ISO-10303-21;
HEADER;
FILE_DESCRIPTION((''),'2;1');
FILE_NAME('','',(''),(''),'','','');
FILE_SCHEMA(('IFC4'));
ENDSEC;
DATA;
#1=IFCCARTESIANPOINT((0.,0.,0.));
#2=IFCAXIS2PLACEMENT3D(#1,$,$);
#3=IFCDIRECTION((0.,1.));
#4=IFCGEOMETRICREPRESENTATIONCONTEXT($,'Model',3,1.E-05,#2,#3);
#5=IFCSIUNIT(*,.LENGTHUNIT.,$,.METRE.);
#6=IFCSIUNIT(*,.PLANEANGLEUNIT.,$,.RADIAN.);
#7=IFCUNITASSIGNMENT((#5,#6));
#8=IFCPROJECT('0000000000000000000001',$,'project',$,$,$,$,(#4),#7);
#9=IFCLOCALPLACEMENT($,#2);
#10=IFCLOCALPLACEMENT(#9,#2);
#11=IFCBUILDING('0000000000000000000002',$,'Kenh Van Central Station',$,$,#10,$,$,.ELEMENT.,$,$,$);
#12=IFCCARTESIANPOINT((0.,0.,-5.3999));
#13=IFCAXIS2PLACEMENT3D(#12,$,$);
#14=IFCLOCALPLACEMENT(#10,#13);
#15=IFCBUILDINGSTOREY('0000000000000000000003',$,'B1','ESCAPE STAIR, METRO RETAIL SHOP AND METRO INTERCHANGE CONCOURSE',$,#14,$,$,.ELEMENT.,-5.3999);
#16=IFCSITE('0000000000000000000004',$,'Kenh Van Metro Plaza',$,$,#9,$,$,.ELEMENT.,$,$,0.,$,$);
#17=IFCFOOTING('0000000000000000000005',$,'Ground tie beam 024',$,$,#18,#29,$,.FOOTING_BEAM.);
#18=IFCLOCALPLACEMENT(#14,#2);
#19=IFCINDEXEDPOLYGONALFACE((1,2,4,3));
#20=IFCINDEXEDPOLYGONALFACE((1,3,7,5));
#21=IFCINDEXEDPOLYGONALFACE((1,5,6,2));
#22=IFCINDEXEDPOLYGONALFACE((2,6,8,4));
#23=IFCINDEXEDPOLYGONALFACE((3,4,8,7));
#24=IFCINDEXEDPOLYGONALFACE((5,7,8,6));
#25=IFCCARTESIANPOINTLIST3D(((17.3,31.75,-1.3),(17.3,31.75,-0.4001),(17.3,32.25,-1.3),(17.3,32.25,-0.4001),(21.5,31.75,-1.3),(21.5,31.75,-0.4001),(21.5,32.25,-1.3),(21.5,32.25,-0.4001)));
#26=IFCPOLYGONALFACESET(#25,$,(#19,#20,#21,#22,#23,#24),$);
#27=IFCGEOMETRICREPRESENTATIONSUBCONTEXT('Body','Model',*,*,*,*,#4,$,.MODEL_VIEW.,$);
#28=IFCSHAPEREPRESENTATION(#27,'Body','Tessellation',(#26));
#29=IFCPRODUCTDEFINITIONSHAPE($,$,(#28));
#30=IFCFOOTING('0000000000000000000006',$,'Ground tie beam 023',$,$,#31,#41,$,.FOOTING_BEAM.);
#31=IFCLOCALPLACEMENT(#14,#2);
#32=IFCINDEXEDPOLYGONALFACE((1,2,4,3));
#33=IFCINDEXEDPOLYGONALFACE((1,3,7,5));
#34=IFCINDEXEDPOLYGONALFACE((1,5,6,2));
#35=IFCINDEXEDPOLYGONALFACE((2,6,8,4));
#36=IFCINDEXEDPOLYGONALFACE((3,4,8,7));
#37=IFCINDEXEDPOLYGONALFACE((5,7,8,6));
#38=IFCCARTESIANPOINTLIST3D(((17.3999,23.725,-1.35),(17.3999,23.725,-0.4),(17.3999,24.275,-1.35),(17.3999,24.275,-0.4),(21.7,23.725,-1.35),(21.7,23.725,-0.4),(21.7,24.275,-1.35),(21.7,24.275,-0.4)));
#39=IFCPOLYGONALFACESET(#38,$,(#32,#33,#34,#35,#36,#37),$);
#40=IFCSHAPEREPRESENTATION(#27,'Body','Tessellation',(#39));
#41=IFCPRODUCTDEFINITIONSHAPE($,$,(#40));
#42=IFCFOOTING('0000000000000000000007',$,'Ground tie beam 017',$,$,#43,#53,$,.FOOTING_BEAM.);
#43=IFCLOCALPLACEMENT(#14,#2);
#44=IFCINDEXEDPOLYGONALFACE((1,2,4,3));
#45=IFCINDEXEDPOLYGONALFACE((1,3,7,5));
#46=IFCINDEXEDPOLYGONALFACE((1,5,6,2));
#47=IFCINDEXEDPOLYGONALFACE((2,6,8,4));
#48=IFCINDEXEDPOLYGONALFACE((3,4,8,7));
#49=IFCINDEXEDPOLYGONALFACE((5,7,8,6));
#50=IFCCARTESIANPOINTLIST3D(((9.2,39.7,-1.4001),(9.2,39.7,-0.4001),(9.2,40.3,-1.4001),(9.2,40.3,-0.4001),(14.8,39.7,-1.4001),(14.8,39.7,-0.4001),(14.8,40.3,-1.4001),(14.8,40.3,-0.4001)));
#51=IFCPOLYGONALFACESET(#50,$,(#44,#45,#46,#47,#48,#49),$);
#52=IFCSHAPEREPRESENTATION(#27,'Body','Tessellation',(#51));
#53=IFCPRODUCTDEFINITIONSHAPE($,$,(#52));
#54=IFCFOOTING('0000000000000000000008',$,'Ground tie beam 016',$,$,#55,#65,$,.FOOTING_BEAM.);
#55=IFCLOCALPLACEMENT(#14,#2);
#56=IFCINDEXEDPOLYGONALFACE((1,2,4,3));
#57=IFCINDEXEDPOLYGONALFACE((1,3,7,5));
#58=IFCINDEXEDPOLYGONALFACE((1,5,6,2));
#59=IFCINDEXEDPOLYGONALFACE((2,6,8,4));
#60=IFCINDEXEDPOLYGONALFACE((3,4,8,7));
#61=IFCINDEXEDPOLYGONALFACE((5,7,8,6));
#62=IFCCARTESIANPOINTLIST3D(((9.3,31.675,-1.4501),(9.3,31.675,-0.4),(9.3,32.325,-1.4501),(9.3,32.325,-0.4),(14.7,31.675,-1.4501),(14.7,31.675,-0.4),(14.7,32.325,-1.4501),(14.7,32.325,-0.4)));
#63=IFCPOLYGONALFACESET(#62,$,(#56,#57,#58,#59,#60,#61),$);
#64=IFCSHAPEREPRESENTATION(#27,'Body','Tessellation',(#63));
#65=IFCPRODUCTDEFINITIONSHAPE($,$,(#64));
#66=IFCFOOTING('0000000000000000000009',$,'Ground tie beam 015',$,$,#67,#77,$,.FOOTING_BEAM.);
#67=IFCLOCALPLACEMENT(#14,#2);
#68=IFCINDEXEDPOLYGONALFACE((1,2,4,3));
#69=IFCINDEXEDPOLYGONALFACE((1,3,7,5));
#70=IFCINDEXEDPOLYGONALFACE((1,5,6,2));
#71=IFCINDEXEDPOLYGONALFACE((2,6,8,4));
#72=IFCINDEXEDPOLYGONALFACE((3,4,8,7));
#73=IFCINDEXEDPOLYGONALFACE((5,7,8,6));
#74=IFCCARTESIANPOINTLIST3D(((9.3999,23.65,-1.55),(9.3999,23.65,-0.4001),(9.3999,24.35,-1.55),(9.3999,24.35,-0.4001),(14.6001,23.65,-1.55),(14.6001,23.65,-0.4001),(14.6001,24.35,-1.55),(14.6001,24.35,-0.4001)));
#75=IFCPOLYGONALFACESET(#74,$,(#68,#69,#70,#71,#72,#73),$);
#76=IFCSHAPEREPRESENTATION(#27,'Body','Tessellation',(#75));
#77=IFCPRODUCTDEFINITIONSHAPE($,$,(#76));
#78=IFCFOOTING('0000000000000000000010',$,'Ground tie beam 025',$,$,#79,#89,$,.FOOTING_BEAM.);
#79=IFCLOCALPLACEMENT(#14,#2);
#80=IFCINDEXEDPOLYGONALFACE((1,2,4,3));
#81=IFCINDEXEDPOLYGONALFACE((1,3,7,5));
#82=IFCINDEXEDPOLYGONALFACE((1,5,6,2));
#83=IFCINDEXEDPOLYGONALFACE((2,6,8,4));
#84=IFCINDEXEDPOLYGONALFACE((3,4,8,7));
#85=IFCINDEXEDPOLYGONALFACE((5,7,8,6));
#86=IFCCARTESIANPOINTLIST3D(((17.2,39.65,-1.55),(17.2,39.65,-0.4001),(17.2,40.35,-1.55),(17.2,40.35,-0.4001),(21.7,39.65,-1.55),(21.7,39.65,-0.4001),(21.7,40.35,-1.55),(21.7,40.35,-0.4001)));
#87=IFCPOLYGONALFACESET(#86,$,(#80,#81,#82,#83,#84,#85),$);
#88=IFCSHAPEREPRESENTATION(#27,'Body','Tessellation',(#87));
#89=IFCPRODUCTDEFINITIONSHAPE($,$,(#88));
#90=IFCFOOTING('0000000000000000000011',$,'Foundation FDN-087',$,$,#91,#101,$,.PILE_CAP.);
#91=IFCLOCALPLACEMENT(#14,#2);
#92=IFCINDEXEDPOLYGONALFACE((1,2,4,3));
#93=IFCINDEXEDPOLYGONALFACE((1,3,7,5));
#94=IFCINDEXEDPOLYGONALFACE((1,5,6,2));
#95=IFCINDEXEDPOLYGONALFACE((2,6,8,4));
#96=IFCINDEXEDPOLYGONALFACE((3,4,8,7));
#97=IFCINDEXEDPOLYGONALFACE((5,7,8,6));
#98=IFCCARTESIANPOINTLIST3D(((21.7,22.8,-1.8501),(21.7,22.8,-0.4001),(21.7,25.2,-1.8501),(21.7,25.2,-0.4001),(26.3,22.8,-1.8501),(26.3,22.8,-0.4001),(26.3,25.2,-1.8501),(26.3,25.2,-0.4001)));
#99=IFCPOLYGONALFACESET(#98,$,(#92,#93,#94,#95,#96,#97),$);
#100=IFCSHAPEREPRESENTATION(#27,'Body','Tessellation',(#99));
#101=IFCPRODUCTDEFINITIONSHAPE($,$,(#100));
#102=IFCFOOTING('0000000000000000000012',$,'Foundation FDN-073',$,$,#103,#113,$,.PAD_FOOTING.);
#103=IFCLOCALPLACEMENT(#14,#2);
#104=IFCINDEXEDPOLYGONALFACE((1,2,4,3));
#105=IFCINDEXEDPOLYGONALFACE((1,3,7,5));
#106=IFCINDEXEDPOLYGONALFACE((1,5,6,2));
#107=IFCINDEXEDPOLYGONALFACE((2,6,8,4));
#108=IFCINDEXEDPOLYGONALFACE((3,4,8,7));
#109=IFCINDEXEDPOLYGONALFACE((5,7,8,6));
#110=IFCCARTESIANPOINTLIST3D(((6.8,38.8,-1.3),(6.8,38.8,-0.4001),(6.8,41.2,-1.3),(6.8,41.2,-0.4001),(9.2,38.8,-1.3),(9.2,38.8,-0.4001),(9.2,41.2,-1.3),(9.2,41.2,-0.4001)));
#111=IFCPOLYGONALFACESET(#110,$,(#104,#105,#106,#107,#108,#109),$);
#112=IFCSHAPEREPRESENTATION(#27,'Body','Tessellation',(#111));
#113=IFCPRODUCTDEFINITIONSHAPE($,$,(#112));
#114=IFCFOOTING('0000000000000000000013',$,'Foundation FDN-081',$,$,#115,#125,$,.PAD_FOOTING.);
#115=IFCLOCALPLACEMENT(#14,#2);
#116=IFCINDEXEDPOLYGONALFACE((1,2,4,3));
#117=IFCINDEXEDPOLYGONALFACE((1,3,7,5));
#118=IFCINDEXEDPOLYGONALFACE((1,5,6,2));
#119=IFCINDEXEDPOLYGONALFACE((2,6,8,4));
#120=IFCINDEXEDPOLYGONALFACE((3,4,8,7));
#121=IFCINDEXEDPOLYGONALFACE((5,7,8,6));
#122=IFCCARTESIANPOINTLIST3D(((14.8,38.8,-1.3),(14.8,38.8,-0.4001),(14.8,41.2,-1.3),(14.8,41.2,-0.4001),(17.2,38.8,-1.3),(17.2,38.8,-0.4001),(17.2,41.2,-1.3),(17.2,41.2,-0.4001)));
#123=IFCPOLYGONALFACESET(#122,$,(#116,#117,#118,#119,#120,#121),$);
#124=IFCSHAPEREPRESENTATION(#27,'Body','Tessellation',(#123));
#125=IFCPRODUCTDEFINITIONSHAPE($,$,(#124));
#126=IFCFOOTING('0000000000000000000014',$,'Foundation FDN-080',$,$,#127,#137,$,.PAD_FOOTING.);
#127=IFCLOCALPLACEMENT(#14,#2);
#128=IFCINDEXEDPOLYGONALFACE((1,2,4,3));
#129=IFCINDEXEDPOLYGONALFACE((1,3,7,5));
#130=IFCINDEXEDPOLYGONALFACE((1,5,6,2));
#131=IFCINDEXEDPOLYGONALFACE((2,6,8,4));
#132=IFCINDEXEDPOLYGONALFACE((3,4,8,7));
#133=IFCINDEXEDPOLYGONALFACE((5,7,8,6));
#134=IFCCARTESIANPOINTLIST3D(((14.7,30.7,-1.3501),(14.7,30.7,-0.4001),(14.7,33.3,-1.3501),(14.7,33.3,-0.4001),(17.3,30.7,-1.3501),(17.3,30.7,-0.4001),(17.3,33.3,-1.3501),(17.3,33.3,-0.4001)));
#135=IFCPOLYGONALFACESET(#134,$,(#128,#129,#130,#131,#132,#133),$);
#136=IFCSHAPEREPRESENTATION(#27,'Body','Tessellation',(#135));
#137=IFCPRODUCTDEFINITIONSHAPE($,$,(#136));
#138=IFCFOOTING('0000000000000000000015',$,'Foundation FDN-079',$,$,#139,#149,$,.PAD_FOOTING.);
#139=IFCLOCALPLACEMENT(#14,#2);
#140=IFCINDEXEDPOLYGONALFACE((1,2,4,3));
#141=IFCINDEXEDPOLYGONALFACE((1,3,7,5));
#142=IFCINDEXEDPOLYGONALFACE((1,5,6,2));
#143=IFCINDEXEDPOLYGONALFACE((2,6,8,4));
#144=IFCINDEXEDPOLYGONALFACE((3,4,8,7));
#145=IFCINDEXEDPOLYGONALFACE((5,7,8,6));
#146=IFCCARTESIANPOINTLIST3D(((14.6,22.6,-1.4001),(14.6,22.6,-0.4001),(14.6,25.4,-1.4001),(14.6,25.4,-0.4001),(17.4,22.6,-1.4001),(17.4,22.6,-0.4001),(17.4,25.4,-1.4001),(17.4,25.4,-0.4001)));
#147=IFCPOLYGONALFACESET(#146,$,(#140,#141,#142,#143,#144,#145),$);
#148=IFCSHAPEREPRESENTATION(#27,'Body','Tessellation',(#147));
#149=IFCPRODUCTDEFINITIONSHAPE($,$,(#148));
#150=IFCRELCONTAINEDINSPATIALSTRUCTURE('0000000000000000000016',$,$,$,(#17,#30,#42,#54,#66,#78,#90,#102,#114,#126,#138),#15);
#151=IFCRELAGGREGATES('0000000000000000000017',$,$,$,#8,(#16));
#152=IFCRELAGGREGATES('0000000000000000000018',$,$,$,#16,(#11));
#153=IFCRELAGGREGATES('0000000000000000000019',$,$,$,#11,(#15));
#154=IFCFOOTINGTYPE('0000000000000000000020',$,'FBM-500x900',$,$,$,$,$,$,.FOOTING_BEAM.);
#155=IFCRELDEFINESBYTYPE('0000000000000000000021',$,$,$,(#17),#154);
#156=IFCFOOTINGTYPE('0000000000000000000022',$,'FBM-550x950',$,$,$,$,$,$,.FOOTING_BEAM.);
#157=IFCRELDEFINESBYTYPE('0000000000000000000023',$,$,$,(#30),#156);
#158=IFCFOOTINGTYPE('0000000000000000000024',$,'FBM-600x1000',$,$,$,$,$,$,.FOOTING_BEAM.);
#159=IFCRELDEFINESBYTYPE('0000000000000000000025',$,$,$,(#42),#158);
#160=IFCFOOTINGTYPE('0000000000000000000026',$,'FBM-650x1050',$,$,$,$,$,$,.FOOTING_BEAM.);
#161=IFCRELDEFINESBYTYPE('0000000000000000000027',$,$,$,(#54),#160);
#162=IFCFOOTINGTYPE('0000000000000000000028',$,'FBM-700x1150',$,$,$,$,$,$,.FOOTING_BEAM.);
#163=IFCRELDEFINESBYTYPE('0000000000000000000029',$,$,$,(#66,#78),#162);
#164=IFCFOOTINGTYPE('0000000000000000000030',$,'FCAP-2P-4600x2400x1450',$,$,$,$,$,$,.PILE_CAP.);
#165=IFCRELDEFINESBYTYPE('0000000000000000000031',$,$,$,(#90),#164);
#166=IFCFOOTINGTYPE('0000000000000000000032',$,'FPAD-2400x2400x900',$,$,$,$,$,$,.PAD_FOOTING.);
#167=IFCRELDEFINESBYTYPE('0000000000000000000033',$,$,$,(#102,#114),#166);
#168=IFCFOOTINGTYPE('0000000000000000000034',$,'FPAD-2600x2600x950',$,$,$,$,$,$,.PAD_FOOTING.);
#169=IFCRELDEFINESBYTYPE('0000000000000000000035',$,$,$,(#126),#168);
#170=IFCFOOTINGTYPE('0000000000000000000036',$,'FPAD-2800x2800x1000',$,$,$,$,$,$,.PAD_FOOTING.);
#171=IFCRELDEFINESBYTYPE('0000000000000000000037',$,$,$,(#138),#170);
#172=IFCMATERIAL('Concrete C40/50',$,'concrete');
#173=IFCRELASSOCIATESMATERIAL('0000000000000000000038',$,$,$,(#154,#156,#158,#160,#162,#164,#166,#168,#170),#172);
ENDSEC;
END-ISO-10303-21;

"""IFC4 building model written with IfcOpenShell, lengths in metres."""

from ifc_helpers import new_model, si_unit, direction, frame, origin, origin_2d, place, context, subcontext, project, spatial, rectangle, extrude, material, material_profile, profile_set, type_object, element, save


model = new_model("IFC4")

# Units and contexts
model_context = context("Model", 3, precision=1e-05, world=origin(), true_north=direction((0.0, 1.0)))
body_context = subcontext(model_context, "Body", "Model", "MODEL_VIEW")
ifc_project = project(units=[si_unit("LENGTHUNIT", "METRE"), si_unit("PLANEANGLEUNIT", "RADIAN")], contexts=[model_context])

# Site, building, storey
site_placement = place(None, origin())
site = spatial("IfcSite", under=ifc_project, at=site_placement, Name="Kenh Van Metro Plaza", CompositionType="ELEMENT", RefElevation=0.0)
building_placement = place(site_placement, origin())
building = spatial("IfcBuilding", under=site, at=building_placement, Name="Kenh Van Central Station", CompositionType="ELEMENT")
storey_placement = place(building_placement, frame((0.0, 0.0, -5.3999)))
storey = spatial("IfcBuildingStorey", under=building, at=storey_placement, Name="B1", Description="ESCAPE STAIR, METRO RETAIL SHOP AND METRO INTERCHANGE CONCOURSE", CompositionType="ELEMENT", Elevation=-5.3999)

# Footings
ifc_material_1 = material(Name="Concrete C40/50", Category="concrete")
ifc_material_profile_1 = material_profile(ifc_material_1, rectangle(XDim=0.5, YDim=0.8999, at=origin_2d()), Name="RC 500x900")
ifc_profile_set_1 = profile_set([ifc_material_profile_1], Name="Concrete C40/50")
footing_type_1 = type_object("IfcFootingType", Name="FBM-500x900", PredefinedType="FOOTING_BEAM", material=ifc_profile_set_1)
footing_1_placement = place(storey_placement, frame((17.3, 32.0, -0.8501), z_axis=(1.0, 0.0, 0.0), x_axis=(0.0, 1.0, 0.0)))
element("IfcFooting", 1, at=footing_1_placement, inside=storey, type_object=footing_type_1, Name="Ground tie beam 024", PredefinedType="FOOTING_BEAM", context=body_context, shape_type="SweptSolid", body=[
    extrude(rectangle(XDim=0.5, YDim=0.8999, at=origin_2d()), origin(), (0.0, 0.0, 1.0), 4.2),
])
ifc_material_profile_2 = material_profile(ifc_material_1, rectangle(XDim=0.55, YDim=0.95, at=origin_2d()), Name="RC 550x950")
ifc_profile_set_2 = profile_set([ifc_material_profile_2], Name="Concrete C40/50")
footing_type_2 = type_object("IfcFootingType", Name="FBM-550x950", PredefinedType="FOOTING_BEAM", material=ifc_profile_set_2)
footing_2_placement = place(storey_placement, frame((17.3999, 24.0, -0.875), z_axis=(1.0, 0.0, 0.0), x_axis=(0.0, 1.0, 0.0)))
element("IfcFooting", 2, at=footing_2_placement, inside=storey, type_object=footing_type_2, Name="Ground tie beam 023", PredefinedType="FOOTING_BEAM", context=body_context, shape_type="SweptSolid", body=[
    extrude(rectangle(XDim=0.55, YDim=0.95, at=origin_2d()), origin(), (0.0, 0.0, 1.0), 4.3),
])
ifc_material_profile_3 = material_profile(ifc_material_1, rectangle(XDim=0.6001, YDim=1.0, at=origin_2d()), Name="RC 600x1000")
ifc_profile_set_3 = profile_set([ifc_material_profile_3], Name="Concrete C40/50")
footing_type_3 = type_object("IfcFootingType", Name="FBM-600x1000", PredefinedType="FOOTING_BEAM", material=ifc_profile_set_3)
footing_3_placement = place(storey_placement, frame((9.2, 40.0, -0.9001), z_axis=(1.0, 0.0, 0.0), x_axis=(0.0, 1.0, 0.0)))
element("IfcFooting", 3, at=footing_3_placement, inside=storey, type_object=footing_type_3, Name="Ground tie beam 017", PredefinedType="FOOTING_BEAM", context=body_context, shape_type="SweptSolid", body=[
    extrude(rectangle(XDim=0.6001, YDim=1.0, at=origin_2d()), origin(), (0.0, 0.0, 1.0), 5.6001),
])
ifc_material_profile_4 = material_profile(ifc_material_1, rectangle(XDim=0.6499, YDim=1.05, at=origin_2d()), Name="RC 650x1050")
ifc_profile_set_4 = profile_set([ifc_material_profile_4], Name="Concrete C40/50")
footing_type_4 = type_object("IfcFootingType", Name="FBM-650x1050", PredefinedType="FOOTING_BEAM", material=ifc_profile_set_4)
footing_4_placement = place(storey_placement, frame((9.3, 32.0, -0.925), z_axis=(1.0, 0.0, 0.0), x_axis=(0.0, 1.0, 0.0)))
element("IfcFooting", 4, at=footing_4_placement, inside=storey, type_object=footing_type_4, Name="Ground tie beam 016", PredefinedType="FOOTING_BEAM", context=body_context, shape_type="SweptSolid", body=[
    extrude(rectangle(XDim=0.6499, YDim=1.05, at=origin_2d()), origin(), (0.0, 0.0, 1.0), 5.3999),
])
ifc_material_profile_5 = material_profile(ifc_material_1, rectangle(XDim=0.7, YDim=1.1499, at=origin_2d()), Name="RC 700x1150")
ifc_profile_set_5 = profile_set([ifc_material_profile_5], Name="Concrete C40/50")
footing_type_5 = type_object("IfcFootingType", Name="FBM-700x1150", PredefinedType="FOOTING_BEAM", material=ifc_profile_set_5)
footing_5_placement = place(storey_placement, frame((9.3999, 24.0, -0.9751), z_axis=(1.0, 0.0, 0.0), x_axis=(0.0, 1.0, 0.0)))
element("IfcFooting", 5, at=footing_5_placement, inside=storey, type_object=footing_type_5, Name="Ground tie beam 015", PredefinedType="FOOTING_BEAM", context=body_context, shape_type="SweptSolid", body=[
    extrude(rectangle(XDim=0.7, YDim=1.1499, at=origin_2d()), origin(), (0.0, 0.0, 1.0), 5.2002),
])
footing_6_placement = place(storey_placement, frame((17.2, 40.0, -0.9751), z_axis=(1.0, 0.0, 0.0), x_axis=(0.0, 1.0, 0.0)))
element("IfcFooting", 6, at=footing_6_placement, inside=storey, type_object=footing_type_5, Name="Ground tie beam 025", PredefinedType="FOOTING_BEAM", context=body_context, shape_type="SweptSolid", body=[
    extrude(rectangle(XDim=0.7, YDim=1.1499, at=origin_2d()), origin(), (0.0, 0.0, 1.0), 4.5),
])
footing_type_6 = type_object("IfcFootingType", Name="FCAP-2P-4600x2400x1450", PredefinedType="PILE_CAP", material=ifc_material_1)
footing_7_placement = place(storey_placement, frame((24.0, 24.0, -1.8501), z_axis=(0.0, 0.0, 1.0), x_axis=(1.0, 0.0, 0.0)))
element("IfcFooting", 7, at=footing_7_placement, inside=storey, type_object=footing_type_6, Name="Foundation FDN-087", PredefinedType="PILE_CAP", context=body_context, shape_type="SweptSolid", body=[
    extrude(rectangle(XDim=4.6001, YDim=2.3999, at=origin_2d()), origin(), (0.0, 0.0, 1.0), 1.45),
])
footing_type_7 = type_object("IfcFootingType", Name="FPAD-2400x2400x900", PredefinedType="PAD_FOOTING", material=ifc_material_1)
for number, where, z_axis, x_axis, name in (
    (8, (8.0, 40.0, -1.3), (0.0, 0.0, 1.0), (1.0, 0.0, 0.0), "Foundation FDN-073"),
    (9, (16.0, 40.0, -1.3), (0.0, 0.0, 1.0), (1.0, 0.0, 0.0), "Foundation FDN-081"),
):
    element("IfcFooting", number, at=place(storey_placement, frame(where, z_axis=z_axis, x_axis=x_axis)), inside=storey, type_object=footing_type_7, Name=name, PredefinedType="PAD_FOOTING", context=body_context, shape_type="SweptSolid", body=[
        extrude(rectangle(XDim=2.3999, YDim=2.3999, at=origin_2d()), origin(), (0.0, 0.0, 1.0), 0.8999),
    ])
footing_type_8 = type_object("IfcFootingType", Name="FPAD-2600x2600x950", PredefinedType="PAD_FOOTING", material=ifc_material_1)
footing_8_placement = place(storey_placement, frame((16.0, 32.0, -1.3501), z_axis=(0.0, 0.0, 1.0), x_axis=(1.0, 0.0, 0.0)))
element("IfcFooting", 10, at=footing_8_placement, inside=storey, type_object=footing_type_8, Name="Foundation FDN-080", PredefinedType="PAD_FOOTING", context=body_context, shape_type="SweptSolid", body=[
    extrude(rectangle(XDim=2.6001, YDim=2.6001, at=origin_2d()), origin(), (0.0, 0.0, 1.0), 0.95),
])
footing_type_9 = type_object("IfcFootingType", Name="FPAD-2800x2800x1000", PredefinedType="PAD_FOOTING", material=ifc_material_1)
footing_9_placement = place(storey_placement, frame((16.0, 24.0, -1.4001), z_axis=(0.0, 0.0, 1.0), x_axis=(1.0, 0.0, 0.0)))
element("IfcFooting", 11, at=footing_9_placement, inside=storey, type_object=footing_type_9, Name="Foundation FDN-079", PredefinedType="PAD_FOOTING", context=body_context, shape_type="SweptSolid", body=[
    extrude(rectangle(XDim=2.8, YDim=2.8, at=origin_2d()), origin(), (0.0, 0.0, 1.0), 1.0),
])

save(model, "model.ifc")
